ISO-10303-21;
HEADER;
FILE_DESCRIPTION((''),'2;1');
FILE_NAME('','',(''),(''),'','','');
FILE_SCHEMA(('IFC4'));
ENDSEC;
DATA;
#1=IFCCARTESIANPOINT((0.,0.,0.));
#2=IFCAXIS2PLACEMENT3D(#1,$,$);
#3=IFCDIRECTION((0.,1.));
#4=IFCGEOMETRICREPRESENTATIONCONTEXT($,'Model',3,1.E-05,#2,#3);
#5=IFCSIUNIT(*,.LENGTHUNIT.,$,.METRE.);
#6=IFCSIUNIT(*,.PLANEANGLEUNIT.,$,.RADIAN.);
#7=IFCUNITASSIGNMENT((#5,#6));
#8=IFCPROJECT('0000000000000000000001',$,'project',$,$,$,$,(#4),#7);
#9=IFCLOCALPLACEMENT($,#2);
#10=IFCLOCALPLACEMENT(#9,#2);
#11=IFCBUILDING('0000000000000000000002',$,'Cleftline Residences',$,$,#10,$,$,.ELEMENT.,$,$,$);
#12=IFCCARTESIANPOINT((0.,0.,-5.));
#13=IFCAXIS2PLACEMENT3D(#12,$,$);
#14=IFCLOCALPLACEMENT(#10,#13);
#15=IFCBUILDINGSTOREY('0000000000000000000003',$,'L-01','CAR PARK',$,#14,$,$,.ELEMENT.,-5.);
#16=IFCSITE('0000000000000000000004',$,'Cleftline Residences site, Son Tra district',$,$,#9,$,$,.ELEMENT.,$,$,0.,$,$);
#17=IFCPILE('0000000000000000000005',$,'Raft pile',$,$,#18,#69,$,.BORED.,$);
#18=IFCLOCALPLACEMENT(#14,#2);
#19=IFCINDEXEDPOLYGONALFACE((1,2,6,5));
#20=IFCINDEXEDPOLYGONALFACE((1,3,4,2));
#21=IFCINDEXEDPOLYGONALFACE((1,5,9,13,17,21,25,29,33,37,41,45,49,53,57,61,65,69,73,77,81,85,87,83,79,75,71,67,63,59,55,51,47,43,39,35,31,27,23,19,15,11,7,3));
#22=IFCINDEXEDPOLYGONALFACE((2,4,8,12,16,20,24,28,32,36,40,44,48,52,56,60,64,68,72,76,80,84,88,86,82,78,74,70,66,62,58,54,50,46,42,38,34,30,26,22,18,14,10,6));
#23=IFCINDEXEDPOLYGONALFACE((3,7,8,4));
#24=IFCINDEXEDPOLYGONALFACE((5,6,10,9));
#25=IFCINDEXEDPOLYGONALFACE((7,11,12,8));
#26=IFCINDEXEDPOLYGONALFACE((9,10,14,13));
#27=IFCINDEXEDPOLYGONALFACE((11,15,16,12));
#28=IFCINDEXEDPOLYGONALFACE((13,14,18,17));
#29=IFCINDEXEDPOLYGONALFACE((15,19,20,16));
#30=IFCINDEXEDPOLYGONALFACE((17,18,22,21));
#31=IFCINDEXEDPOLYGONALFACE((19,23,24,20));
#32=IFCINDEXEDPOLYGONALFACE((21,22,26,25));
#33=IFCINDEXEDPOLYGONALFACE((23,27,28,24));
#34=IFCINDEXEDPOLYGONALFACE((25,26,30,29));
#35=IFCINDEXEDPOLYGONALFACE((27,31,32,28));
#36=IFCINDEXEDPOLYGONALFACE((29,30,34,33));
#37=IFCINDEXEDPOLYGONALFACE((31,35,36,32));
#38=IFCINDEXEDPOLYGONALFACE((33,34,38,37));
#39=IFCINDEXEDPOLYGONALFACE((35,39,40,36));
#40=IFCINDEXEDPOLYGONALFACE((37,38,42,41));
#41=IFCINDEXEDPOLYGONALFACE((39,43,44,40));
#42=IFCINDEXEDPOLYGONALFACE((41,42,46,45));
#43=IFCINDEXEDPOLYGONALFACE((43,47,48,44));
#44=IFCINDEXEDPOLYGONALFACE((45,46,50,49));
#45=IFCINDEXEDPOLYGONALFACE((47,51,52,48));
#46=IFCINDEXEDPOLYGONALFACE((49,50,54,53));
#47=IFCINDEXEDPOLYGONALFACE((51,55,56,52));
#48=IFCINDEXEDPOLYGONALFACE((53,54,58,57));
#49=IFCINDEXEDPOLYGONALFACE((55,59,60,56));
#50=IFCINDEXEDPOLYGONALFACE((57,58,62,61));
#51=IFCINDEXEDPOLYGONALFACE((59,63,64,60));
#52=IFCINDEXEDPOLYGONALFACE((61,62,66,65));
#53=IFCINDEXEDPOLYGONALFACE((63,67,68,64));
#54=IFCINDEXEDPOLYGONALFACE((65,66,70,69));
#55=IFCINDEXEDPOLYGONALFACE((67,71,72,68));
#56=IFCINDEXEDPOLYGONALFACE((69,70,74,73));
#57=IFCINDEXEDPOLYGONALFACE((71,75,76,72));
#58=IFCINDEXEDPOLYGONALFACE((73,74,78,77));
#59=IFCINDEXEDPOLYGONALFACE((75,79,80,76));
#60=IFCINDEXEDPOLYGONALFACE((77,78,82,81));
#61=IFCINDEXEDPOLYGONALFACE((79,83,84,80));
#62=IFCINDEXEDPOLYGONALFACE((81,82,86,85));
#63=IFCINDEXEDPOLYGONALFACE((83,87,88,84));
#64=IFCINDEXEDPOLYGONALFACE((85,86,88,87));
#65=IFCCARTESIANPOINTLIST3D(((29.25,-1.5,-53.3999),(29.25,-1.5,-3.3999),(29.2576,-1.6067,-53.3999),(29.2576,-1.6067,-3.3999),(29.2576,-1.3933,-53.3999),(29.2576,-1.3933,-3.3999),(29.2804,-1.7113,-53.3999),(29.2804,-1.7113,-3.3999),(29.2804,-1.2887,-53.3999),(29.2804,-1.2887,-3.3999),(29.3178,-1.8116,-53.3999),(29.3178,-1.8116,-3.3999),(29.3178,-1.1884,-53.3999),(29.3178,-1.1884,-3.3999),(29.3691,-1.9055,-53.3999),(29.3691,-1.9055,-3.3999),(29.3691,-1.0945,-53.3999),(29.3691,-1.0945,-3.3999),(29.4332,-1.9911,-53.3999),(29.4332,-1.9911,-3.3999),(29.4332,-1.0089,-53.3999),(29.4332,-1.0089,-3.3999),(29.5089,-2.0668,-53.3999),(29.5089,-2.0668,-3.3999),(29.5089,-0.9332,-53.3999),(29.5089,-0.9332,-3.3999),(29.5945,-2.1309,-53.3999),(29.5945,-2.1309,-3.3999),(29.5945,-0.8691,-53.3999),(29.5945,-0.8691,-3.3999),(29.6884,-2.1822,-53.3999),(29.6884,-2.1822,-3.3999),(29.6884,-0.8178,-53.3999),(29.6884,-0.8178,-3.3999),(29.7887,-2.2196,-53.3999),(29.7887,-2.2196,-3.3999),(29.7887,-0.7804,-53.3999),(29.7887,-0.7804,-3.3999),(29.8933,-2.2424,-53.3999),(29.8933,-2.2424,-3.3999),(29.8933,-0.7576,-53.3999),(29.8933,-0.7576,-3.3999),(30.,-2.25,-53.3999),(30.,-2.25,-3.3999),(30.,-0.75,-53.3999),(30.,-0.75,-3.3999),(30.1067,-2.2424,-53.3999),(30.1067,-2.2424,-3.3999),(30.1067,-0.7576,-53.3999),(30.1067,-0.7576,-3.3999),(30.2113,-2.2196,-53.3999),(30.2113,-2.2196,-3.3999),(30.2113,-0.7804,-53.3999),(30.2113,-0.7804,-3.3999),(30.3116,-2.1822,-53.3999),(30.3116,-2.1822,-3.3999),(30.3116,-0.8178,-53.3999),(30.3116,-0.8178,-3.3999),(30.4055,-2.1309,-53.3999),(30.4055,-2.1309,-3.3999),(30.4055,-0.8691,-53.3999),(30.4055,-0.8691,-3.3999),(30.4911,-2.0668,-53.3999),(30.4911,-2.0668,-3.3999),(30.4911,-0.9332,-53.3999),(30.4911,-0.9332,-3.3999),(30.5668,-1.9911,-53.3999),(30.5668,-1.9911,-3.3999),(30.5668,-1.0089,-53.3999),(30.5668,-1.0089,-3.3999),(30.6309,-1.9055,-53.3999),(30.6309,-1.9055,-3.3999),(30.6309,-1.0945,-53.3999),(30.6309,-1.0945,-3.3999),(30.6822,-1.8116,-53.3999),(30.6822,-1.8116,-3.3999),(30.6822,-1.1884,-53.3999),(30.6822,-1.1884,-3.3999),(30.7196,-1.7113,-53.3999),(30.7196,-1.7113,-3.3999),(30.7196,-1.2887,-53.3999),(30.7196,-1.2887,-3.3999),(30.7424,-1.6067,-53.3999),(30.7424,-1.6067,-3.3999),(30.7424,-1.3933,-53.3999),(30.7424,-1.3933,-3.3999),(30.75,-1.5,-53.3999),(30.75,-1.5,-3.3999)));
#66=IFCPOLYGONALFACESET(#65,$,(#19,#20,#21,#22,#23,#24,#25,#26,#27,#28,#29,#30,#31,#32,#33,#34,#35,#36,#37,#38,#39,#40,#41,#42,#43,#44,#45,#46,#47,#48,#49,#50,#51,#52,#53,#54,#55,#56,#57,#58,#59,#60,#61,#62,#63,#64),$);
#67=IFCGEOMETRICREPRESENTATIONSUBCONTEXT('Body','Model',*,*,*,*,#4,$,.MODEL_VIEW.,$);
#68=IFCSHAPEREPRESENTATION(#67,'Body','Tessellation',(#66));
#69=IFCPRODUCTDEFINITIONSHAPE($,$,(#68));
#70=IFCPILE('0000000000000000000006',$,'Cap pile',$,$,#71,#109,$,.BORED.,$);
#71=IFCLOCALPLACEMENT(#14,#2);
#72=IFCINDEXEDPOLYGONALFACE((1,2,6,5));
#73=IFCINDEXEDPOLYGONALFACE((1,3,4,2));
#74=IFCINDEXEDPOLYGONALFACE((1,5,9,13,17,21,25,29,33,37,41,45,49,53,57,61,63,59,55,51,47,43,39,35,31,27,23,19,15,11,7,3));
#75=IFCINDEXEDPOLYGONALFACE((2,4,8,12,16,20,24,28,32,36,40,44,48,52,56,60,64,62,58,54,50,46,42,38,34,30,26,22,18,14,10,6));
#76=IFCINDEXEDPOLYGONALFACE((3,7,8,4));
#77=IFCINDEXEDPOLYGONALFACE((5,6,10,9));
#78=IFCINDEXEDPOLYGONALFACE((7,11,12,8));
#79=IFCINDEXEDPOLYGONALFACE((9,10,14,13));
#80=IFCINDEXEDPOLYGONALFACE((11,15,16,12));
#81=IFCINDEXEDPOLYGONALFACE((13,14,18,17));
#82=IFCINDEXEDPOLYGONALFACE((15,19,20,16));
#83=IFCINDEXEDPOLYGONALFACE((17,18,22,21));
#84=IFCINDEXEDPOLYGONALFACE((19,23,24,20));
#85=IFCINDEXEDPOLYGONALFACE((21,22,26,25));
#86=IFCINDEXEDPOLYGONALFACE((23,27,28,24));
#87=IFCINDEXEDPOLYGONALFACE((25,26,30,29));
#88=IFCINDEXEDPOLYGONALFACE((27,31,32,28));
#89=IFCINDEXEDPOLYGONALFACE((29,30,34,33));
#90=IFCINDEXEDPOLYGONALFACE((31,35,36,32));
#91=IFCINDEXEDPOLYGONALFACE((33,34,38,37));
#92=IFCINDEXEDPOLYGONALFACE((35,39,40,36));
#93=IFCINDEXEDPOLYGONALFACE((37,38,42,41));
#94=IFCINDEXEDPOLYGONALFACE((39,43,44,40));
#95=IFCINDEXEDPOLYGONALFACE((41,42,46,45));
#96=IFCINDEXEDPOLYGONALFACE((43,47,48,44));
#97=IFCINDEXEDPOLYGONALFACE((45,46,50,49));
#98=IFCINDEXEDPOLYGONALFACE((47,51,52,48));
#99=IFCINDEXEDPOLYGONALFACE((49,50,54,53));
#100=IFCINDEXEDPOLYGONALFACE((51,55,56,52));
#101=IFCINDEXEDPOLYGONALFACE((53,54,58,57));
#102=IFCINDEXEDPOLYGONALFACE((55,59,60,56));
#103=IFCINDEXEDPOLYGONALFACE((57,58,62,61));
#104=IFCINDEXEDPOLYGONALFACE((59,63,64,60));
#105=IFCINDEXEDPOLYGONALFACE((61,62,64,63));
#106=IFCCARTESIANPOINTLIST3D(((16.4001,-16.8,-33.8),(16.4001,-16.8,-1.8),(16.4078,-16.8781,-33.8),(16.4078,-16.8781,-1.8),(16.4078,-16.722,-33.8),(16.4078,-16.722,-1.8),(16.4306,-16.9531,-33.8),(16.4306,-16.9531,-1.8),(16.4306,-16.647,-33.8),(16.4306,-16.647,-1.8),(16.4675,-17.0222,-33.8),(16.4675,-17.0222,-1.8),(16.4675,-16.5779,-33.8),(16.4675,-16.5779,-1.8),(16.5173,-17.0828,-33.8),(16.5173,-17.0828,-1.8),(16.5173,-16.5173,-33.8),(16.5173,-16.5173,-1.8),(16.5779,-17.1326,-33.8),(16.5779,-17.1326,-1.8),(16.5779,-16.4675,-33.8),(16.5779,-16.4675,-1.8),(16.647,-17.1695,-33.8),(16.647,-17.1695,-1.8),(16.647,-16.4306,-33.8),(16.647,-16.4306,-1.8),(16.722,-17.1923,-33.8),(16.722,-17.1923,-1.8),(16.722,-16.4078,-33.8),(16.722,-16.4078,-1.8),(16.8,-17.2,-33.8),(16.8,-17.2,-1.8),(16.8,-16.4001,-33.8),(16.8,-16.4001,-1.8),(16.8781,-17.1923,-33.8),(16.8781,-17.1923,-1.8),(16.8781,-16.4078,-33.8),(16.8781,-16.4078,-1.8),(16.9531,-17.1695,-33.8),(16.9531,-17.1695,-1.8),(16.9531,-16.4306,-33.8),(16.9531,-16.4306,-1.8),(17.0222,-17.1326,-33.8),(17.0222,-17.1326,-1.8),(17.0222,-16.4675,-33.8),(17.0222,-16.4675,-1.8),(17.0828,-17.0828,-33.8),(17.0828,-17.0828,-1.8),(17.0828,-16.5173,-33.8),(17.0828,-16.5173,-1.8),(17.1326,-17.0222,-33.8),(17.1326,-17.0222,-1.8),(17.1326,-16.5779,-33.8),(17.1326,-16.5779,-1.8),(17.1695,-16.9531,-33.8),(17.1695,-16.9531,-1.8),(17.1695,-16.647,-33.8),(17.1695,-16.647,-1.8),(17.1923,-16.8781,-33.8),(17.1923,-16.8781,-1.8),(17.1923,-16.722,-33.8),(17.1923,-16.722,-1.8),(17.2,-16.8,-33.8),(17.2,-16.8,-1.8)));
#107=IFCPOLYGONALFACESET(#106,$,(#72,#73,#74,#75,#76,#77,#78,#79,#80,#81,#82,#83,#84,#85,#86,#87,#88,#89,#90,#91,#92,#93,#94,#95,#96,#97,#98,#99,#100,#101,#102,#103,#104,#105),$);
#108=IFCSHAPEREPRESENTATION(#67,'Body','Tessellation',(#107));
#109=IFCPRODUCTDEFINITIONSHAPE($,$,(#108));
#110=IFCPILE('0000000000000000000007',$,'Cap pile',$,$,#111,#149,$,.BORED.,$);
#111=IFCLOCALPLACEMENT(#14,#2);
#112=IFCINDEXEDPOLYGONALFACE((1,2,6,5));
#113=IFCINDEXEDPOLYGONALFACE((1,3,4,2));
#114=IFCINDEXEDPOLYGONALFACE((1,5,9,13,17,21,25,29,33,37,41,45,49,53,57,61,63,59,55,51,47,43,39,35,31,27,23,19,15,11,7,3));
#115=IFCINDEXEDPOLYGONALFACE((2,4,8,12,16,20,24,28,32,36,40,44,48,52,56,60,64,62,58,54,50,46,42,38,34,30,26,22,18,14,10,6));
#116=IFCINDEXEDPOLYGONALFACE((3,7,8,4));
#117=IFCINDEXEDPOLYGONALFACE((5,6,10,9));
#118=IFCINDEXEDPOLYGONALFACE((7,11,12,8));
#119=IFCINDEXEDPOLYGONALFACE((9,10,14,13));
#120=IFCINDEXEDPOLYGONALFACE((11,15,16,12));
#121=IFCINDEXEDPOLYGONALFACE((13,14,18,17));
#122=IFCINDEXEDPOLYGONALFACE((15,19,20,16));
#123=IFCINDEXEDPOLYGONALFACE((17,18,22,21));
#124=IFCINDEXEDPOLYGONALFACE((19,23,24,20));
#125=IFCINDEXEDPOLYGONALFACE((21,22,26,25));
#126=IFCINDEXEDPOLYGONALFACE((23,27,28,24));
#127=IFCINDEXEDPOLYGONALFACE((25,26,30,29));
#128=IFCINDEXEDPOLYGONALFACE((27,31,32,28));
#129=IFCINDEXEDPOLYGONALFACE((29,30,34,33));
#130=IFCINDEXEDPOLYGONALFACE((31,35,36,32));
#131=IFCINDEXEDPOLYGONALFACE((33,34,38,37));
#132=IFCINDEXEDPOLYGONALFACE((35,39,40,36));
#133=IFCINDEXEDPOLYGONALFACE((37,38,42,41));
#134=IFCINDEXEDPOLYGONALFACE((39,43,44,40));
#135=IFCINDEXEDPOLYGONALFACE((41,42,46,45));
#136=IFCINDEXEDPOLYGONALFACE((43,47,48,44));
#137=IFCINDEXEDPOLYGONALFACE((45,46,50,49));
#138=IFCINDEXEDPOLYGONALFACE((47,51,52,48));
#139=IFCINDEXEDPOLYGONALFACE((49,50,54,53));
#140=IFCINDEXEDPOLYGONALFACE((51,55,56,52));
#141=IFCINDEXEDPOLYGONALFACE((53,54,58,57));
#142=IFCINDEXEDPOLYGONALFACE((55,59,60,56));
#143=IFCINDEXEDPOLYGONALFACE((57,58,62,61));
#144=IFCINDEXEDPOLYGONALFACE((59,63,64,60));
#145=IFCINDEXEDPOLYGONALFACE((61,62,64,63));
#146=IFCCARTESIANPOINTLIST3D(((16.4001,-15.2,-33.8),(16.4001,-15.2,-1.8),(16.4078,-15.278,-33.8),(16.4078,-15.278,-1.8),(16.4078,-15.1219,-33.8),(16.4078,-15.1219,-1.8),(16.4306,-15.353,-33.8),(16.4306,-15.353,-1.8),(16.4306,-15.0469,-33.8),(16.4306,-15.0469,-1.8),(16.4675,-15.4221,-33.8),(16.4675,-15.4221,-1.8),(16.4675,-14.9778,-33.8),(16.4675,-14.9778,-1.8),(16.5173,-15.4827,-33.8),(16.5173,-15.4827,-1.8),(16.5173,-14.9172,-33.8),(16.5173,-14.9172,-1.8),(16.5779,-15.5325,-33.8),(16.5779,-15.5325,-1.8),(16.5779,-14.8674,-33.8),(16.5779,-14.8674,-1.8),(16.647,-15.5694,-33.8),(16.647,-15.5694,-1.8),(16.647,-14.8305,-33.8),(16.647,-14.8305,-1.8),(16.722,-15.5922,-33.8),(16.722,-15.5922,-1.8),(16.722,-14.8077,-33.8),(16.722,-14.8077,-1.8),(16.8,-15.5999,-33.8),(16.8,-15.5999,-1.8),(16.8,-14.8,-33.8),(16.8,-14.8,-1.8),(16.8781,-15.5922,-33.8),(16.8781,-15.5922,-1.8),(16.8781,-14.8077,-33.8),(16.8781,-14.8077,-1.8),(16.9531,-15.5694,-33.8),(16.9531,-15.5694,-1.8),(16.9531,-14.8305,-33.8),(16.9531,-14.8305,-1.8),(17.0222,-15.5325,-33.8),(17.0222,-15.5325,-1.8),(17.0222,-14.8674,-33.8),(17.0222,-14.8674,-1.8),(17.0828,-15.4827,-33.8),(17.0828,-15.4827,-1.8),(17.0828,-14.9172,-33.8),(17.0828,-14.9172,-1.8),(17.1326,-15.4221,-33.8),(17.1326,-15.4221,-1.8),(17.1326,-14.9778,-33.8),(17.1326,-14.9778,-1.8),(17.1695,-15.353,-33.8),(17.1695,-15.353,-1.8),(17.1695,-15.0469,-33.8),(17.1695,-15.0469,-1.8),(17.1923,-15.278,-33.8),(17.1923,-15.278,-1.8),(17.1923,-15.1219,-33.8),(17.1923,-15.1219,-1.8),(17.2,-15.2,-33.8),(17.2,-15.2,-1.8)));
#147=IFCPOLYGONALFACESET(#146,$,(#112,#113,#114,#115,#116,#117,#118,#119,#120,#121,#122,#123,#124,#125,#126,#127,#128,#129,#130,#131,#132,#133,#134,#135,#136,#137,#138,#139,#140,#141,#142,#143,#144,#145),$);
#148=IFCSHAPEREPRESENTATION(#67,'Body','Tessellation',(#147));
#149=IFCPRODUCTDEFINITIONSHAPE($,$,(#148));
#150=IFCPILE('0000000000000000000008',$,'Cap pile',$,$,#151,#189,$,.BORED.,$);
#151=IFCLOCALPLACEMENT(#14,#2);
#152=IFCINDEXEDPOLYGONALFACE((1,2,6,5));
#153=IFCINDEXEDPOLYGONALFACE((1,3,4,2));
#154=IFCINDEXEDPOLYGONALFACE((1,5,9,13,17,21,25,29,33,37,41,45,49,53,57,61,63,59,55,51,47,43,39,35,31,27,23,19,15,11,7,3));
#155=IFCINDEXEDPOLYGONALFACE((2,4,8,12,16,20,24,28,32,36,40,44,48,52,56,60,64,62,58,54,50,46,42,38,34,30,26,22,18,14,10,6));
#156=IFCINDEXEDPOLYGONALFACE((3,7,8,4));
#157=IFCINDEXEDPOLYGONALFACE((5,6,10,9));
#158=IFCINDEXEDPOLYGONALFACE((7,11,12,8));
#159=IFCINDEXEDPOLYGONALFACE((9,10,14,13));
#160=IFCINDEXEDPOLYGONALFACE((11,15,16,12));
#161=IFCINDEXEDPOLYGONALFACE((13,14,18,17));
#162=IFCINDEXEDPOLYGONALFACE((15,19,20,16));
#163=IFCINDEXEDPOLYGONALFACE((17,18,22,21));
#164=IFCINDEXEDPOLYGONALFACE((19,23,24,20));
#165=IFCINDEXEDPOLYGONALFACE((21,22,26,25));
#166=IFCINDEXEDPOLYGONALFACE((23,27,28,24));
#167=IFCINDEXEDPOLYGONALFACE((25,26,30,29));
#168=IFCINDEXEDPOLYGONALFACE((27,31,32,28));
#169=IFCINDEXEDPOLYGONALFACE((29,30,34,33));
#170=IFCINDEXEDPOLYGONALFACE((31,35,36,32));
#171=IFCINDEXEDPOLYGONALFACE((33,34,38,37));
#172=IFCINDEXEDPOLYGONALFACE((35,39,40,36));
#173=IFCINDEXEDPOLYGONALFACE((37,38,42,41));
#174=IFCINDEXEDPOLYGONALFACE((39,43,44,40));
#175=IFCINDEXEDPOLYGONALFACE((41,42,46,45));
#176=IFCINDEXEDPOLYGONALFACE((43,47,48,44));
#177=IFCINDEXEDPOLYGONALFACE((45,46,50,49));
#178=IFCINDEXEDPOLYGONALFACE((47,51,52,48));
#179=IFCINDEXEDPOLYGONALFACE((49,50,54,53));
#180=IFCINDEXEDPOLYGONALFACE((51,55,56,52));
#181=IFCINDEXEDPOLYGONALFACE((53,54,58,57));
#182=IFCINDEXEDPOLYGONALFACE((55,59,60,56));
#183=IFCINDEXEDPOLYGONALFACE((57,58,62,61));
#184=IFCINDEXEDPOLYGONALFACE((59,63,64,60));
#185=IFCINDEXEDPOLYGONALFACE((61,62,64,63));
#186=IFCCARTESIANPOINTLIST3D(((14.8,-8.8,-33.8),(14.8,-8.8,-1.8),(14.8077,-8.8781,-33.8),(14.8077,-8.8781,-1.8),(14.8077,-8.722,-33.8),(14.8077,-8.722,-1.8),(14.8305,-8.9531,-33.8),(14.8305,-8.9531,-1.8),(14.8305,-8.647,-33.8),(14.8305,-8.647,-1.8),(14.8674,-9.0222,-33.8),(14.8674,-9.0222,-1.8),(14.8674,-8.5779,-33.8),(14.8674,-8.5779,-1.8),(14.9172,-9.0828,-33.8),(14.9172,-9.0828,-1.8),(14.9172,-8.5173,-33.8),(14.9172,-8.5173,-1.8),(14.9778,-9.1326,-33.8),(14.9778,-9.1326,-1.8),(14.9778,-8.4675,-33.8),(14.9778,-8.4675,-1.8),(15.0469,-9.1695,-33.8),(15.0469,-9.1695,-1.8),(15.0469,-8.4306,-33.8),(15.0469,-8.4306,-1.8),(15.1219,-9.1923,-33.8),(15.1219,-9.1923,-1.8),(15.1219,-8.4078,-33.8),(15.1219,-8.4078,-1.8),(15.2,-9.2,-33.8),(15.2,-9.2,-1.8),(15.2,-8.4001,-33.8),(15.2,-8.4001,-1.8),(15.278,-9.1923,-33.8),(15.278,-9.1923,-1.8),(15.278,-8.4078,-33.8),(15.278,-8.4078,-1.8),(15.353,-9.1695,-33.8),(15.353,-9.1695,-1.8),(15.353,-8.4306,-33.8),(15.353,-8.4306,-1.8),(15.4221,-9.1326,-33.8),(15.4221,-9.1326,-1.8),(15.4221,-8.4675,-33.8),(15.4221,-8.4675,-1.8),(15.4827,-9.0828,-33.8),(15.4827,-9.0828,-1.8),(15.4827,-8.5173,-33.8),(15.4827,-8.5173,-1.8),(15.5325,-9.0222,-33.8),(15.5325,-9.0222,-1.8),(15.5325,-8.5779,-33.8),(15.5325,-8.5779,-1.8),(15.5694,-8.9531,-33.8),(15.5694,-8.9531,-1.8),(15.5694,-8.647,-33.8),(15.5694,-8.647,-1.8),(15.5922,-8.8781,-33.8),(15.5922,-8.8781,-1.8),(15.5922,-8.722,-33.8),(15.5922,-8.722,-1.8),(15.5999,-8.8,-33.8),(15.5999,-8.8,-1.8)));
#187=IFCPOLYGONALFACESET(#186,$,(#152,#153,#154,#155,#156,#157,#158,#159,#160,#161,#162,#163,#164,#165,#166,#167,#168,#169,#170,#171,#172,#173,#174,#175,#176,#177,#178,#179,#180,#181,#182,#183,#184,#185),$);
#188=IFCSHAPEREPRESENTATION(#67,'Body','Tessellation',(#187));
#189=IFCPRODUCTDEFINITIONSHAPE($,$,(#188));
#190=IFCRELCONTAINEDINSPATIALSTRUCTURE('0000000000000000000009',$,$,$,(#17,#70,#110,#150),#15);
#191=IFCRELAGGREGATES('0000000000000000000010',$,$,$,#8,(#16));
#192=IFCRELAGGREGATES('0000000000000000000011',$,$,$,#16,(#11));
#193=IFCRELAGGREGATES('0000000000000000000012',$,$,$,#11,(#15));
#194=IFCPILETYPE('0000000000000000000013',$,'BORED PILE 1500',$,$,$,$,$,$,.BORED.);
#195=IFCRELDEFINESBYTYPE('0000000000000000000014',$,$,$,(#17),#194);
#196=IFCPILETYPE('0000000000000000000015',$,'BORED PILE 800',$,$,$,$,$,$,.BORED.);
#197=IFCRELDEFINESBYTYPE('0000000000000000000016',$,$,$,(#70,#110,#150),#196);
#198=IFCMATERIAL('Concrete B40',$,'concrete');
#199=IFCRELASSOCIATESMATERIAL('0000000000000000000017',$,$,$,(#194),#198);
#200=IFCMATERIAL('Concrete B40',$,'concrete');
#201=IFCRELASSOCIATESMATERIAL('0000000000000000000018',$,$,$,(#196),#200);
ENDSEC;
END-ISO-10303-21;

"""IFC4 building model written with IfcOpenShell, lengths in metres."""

from ifc_helpers import new_model, si_unit, direction, frame, origin, origin_2d, place, context, subcontext, project, spatial, circle, extrude, material, material_profile, profile_set, type_object, element, save


model = new_model("IFC4")

# Units and contexts
model_context = context("Model", 3, precision=1e-05, world=origin(), true_north=direction((0.0, 1.0)))
body_context = subcontext(model_context, "Body", "Model", "MODEL_VIEW")
ifc_project = project(units=[si_unit("LENGTHUNIT", "METRE"), si_unit("PLANEANGLEUNIT", "RADIAN")], contexts=[model_context])

# Site, building, storey
site_placement = place(None, origin())
site = spatial("IfcSite", under=ifc_project, at=site_placement, Name="Cleftline Residences site, Son Tra district", CompositionType="ELEMENT", RefElevation=0.0)
building_placement = place(site_placement, origin())
building = spatial("IfcBuilding", under=site, at=building_placement, Name="Cleftline Residences", CompositionType="ELEMENT")
storey_placement = place(building_placement, frame((0.0, 0.0, -5.0)))
storey = spatial("IfcBuildingStorey", under=building, at=storey_placement, Name="L-01", Description="CAR PARK", CompositionType="ELEMENT", Elevation=-5.0)

# Piles
ifc_material_1 = material(Name="Concrete B40", Category="concrete")
ifc_material_profile_1 = material_profile(ifc_material_1, circle(Radius=0.75, at=origin_2d()))
ifc_profile_set_1 = profile_set([ifc_material_profile_1], Name="Concrete B40")
pile_type_1 = type_object("IfcPileType", Name="BORED PILE 1500", PredefinedType="BORED", material=ifc_profile_set_1)
for number, where, z_axis, x_axis, name in (
    (1, (30.0, -1.5, -3.3999), (0.0, 0.0, -1.0), (1.0, 0.0, 0.0), "Raft pile"),
):
    element("IfcPile", number, at=place(storey_placement, frame(where, z_axis=z_axis, x_axis=x_axis)), inside=storey, type_object=pile_type_1, Name=name, PredefinedType="BORED", context=body_context, shape_type="SweptSolid", body=[
        extrude(circle(Radius=0.75, at=origin_2d()), origin(), (0.0, 0.0, 1.0), 50.0),
    ])
ifc_material_2 = material(Name="Concrete B40", Category="concrete")
ifc_material_profile_2 = material_profile(ifc_material_2, circle(Radius=0.3999, at=origin_2d()))
ifc_profile_set_2 = profile_set([ifc_material_profile_2], Name="Concrete B40")
pile_type_2 = type_object("IfcPileType", Name="BORED PILE 800", PredefinedType="BORED", material=ifc_profile_set_2)
for number, where, z_axis, x_axis, name in (
    (2, (16.8, -16.8, -1.8), (0.0, 0.0, -1.0), (1.0, 0.0, 0.0), "Cap pile"),
    (3, (16.8, -15.2, -1.8), (0.0, 0.0, -1.0), (1.0, 0.0, 0.0), "Cap pile"),
    (4, (15.2, -8.8, -1.8), (0.0, 0.0, -1.0), (1.0, 0.0, 0.0), "Cap pile"),
):
    element("IfcPile", number, at=place(storey_placement, frame(where, z_axis=z_axis, x_axis=x_axis)), inside=storey, type_object=pile_type_2, Name=name, PredefinedType="BORED", context=body_context, shape_type="SweptSolid", body=[
        extrude(circle(Radius=0.3999, at=origin_2d()), origin(), (0.0, 0.0, 1.0), 32.0),
    ])

save(model, "model.ifc")
